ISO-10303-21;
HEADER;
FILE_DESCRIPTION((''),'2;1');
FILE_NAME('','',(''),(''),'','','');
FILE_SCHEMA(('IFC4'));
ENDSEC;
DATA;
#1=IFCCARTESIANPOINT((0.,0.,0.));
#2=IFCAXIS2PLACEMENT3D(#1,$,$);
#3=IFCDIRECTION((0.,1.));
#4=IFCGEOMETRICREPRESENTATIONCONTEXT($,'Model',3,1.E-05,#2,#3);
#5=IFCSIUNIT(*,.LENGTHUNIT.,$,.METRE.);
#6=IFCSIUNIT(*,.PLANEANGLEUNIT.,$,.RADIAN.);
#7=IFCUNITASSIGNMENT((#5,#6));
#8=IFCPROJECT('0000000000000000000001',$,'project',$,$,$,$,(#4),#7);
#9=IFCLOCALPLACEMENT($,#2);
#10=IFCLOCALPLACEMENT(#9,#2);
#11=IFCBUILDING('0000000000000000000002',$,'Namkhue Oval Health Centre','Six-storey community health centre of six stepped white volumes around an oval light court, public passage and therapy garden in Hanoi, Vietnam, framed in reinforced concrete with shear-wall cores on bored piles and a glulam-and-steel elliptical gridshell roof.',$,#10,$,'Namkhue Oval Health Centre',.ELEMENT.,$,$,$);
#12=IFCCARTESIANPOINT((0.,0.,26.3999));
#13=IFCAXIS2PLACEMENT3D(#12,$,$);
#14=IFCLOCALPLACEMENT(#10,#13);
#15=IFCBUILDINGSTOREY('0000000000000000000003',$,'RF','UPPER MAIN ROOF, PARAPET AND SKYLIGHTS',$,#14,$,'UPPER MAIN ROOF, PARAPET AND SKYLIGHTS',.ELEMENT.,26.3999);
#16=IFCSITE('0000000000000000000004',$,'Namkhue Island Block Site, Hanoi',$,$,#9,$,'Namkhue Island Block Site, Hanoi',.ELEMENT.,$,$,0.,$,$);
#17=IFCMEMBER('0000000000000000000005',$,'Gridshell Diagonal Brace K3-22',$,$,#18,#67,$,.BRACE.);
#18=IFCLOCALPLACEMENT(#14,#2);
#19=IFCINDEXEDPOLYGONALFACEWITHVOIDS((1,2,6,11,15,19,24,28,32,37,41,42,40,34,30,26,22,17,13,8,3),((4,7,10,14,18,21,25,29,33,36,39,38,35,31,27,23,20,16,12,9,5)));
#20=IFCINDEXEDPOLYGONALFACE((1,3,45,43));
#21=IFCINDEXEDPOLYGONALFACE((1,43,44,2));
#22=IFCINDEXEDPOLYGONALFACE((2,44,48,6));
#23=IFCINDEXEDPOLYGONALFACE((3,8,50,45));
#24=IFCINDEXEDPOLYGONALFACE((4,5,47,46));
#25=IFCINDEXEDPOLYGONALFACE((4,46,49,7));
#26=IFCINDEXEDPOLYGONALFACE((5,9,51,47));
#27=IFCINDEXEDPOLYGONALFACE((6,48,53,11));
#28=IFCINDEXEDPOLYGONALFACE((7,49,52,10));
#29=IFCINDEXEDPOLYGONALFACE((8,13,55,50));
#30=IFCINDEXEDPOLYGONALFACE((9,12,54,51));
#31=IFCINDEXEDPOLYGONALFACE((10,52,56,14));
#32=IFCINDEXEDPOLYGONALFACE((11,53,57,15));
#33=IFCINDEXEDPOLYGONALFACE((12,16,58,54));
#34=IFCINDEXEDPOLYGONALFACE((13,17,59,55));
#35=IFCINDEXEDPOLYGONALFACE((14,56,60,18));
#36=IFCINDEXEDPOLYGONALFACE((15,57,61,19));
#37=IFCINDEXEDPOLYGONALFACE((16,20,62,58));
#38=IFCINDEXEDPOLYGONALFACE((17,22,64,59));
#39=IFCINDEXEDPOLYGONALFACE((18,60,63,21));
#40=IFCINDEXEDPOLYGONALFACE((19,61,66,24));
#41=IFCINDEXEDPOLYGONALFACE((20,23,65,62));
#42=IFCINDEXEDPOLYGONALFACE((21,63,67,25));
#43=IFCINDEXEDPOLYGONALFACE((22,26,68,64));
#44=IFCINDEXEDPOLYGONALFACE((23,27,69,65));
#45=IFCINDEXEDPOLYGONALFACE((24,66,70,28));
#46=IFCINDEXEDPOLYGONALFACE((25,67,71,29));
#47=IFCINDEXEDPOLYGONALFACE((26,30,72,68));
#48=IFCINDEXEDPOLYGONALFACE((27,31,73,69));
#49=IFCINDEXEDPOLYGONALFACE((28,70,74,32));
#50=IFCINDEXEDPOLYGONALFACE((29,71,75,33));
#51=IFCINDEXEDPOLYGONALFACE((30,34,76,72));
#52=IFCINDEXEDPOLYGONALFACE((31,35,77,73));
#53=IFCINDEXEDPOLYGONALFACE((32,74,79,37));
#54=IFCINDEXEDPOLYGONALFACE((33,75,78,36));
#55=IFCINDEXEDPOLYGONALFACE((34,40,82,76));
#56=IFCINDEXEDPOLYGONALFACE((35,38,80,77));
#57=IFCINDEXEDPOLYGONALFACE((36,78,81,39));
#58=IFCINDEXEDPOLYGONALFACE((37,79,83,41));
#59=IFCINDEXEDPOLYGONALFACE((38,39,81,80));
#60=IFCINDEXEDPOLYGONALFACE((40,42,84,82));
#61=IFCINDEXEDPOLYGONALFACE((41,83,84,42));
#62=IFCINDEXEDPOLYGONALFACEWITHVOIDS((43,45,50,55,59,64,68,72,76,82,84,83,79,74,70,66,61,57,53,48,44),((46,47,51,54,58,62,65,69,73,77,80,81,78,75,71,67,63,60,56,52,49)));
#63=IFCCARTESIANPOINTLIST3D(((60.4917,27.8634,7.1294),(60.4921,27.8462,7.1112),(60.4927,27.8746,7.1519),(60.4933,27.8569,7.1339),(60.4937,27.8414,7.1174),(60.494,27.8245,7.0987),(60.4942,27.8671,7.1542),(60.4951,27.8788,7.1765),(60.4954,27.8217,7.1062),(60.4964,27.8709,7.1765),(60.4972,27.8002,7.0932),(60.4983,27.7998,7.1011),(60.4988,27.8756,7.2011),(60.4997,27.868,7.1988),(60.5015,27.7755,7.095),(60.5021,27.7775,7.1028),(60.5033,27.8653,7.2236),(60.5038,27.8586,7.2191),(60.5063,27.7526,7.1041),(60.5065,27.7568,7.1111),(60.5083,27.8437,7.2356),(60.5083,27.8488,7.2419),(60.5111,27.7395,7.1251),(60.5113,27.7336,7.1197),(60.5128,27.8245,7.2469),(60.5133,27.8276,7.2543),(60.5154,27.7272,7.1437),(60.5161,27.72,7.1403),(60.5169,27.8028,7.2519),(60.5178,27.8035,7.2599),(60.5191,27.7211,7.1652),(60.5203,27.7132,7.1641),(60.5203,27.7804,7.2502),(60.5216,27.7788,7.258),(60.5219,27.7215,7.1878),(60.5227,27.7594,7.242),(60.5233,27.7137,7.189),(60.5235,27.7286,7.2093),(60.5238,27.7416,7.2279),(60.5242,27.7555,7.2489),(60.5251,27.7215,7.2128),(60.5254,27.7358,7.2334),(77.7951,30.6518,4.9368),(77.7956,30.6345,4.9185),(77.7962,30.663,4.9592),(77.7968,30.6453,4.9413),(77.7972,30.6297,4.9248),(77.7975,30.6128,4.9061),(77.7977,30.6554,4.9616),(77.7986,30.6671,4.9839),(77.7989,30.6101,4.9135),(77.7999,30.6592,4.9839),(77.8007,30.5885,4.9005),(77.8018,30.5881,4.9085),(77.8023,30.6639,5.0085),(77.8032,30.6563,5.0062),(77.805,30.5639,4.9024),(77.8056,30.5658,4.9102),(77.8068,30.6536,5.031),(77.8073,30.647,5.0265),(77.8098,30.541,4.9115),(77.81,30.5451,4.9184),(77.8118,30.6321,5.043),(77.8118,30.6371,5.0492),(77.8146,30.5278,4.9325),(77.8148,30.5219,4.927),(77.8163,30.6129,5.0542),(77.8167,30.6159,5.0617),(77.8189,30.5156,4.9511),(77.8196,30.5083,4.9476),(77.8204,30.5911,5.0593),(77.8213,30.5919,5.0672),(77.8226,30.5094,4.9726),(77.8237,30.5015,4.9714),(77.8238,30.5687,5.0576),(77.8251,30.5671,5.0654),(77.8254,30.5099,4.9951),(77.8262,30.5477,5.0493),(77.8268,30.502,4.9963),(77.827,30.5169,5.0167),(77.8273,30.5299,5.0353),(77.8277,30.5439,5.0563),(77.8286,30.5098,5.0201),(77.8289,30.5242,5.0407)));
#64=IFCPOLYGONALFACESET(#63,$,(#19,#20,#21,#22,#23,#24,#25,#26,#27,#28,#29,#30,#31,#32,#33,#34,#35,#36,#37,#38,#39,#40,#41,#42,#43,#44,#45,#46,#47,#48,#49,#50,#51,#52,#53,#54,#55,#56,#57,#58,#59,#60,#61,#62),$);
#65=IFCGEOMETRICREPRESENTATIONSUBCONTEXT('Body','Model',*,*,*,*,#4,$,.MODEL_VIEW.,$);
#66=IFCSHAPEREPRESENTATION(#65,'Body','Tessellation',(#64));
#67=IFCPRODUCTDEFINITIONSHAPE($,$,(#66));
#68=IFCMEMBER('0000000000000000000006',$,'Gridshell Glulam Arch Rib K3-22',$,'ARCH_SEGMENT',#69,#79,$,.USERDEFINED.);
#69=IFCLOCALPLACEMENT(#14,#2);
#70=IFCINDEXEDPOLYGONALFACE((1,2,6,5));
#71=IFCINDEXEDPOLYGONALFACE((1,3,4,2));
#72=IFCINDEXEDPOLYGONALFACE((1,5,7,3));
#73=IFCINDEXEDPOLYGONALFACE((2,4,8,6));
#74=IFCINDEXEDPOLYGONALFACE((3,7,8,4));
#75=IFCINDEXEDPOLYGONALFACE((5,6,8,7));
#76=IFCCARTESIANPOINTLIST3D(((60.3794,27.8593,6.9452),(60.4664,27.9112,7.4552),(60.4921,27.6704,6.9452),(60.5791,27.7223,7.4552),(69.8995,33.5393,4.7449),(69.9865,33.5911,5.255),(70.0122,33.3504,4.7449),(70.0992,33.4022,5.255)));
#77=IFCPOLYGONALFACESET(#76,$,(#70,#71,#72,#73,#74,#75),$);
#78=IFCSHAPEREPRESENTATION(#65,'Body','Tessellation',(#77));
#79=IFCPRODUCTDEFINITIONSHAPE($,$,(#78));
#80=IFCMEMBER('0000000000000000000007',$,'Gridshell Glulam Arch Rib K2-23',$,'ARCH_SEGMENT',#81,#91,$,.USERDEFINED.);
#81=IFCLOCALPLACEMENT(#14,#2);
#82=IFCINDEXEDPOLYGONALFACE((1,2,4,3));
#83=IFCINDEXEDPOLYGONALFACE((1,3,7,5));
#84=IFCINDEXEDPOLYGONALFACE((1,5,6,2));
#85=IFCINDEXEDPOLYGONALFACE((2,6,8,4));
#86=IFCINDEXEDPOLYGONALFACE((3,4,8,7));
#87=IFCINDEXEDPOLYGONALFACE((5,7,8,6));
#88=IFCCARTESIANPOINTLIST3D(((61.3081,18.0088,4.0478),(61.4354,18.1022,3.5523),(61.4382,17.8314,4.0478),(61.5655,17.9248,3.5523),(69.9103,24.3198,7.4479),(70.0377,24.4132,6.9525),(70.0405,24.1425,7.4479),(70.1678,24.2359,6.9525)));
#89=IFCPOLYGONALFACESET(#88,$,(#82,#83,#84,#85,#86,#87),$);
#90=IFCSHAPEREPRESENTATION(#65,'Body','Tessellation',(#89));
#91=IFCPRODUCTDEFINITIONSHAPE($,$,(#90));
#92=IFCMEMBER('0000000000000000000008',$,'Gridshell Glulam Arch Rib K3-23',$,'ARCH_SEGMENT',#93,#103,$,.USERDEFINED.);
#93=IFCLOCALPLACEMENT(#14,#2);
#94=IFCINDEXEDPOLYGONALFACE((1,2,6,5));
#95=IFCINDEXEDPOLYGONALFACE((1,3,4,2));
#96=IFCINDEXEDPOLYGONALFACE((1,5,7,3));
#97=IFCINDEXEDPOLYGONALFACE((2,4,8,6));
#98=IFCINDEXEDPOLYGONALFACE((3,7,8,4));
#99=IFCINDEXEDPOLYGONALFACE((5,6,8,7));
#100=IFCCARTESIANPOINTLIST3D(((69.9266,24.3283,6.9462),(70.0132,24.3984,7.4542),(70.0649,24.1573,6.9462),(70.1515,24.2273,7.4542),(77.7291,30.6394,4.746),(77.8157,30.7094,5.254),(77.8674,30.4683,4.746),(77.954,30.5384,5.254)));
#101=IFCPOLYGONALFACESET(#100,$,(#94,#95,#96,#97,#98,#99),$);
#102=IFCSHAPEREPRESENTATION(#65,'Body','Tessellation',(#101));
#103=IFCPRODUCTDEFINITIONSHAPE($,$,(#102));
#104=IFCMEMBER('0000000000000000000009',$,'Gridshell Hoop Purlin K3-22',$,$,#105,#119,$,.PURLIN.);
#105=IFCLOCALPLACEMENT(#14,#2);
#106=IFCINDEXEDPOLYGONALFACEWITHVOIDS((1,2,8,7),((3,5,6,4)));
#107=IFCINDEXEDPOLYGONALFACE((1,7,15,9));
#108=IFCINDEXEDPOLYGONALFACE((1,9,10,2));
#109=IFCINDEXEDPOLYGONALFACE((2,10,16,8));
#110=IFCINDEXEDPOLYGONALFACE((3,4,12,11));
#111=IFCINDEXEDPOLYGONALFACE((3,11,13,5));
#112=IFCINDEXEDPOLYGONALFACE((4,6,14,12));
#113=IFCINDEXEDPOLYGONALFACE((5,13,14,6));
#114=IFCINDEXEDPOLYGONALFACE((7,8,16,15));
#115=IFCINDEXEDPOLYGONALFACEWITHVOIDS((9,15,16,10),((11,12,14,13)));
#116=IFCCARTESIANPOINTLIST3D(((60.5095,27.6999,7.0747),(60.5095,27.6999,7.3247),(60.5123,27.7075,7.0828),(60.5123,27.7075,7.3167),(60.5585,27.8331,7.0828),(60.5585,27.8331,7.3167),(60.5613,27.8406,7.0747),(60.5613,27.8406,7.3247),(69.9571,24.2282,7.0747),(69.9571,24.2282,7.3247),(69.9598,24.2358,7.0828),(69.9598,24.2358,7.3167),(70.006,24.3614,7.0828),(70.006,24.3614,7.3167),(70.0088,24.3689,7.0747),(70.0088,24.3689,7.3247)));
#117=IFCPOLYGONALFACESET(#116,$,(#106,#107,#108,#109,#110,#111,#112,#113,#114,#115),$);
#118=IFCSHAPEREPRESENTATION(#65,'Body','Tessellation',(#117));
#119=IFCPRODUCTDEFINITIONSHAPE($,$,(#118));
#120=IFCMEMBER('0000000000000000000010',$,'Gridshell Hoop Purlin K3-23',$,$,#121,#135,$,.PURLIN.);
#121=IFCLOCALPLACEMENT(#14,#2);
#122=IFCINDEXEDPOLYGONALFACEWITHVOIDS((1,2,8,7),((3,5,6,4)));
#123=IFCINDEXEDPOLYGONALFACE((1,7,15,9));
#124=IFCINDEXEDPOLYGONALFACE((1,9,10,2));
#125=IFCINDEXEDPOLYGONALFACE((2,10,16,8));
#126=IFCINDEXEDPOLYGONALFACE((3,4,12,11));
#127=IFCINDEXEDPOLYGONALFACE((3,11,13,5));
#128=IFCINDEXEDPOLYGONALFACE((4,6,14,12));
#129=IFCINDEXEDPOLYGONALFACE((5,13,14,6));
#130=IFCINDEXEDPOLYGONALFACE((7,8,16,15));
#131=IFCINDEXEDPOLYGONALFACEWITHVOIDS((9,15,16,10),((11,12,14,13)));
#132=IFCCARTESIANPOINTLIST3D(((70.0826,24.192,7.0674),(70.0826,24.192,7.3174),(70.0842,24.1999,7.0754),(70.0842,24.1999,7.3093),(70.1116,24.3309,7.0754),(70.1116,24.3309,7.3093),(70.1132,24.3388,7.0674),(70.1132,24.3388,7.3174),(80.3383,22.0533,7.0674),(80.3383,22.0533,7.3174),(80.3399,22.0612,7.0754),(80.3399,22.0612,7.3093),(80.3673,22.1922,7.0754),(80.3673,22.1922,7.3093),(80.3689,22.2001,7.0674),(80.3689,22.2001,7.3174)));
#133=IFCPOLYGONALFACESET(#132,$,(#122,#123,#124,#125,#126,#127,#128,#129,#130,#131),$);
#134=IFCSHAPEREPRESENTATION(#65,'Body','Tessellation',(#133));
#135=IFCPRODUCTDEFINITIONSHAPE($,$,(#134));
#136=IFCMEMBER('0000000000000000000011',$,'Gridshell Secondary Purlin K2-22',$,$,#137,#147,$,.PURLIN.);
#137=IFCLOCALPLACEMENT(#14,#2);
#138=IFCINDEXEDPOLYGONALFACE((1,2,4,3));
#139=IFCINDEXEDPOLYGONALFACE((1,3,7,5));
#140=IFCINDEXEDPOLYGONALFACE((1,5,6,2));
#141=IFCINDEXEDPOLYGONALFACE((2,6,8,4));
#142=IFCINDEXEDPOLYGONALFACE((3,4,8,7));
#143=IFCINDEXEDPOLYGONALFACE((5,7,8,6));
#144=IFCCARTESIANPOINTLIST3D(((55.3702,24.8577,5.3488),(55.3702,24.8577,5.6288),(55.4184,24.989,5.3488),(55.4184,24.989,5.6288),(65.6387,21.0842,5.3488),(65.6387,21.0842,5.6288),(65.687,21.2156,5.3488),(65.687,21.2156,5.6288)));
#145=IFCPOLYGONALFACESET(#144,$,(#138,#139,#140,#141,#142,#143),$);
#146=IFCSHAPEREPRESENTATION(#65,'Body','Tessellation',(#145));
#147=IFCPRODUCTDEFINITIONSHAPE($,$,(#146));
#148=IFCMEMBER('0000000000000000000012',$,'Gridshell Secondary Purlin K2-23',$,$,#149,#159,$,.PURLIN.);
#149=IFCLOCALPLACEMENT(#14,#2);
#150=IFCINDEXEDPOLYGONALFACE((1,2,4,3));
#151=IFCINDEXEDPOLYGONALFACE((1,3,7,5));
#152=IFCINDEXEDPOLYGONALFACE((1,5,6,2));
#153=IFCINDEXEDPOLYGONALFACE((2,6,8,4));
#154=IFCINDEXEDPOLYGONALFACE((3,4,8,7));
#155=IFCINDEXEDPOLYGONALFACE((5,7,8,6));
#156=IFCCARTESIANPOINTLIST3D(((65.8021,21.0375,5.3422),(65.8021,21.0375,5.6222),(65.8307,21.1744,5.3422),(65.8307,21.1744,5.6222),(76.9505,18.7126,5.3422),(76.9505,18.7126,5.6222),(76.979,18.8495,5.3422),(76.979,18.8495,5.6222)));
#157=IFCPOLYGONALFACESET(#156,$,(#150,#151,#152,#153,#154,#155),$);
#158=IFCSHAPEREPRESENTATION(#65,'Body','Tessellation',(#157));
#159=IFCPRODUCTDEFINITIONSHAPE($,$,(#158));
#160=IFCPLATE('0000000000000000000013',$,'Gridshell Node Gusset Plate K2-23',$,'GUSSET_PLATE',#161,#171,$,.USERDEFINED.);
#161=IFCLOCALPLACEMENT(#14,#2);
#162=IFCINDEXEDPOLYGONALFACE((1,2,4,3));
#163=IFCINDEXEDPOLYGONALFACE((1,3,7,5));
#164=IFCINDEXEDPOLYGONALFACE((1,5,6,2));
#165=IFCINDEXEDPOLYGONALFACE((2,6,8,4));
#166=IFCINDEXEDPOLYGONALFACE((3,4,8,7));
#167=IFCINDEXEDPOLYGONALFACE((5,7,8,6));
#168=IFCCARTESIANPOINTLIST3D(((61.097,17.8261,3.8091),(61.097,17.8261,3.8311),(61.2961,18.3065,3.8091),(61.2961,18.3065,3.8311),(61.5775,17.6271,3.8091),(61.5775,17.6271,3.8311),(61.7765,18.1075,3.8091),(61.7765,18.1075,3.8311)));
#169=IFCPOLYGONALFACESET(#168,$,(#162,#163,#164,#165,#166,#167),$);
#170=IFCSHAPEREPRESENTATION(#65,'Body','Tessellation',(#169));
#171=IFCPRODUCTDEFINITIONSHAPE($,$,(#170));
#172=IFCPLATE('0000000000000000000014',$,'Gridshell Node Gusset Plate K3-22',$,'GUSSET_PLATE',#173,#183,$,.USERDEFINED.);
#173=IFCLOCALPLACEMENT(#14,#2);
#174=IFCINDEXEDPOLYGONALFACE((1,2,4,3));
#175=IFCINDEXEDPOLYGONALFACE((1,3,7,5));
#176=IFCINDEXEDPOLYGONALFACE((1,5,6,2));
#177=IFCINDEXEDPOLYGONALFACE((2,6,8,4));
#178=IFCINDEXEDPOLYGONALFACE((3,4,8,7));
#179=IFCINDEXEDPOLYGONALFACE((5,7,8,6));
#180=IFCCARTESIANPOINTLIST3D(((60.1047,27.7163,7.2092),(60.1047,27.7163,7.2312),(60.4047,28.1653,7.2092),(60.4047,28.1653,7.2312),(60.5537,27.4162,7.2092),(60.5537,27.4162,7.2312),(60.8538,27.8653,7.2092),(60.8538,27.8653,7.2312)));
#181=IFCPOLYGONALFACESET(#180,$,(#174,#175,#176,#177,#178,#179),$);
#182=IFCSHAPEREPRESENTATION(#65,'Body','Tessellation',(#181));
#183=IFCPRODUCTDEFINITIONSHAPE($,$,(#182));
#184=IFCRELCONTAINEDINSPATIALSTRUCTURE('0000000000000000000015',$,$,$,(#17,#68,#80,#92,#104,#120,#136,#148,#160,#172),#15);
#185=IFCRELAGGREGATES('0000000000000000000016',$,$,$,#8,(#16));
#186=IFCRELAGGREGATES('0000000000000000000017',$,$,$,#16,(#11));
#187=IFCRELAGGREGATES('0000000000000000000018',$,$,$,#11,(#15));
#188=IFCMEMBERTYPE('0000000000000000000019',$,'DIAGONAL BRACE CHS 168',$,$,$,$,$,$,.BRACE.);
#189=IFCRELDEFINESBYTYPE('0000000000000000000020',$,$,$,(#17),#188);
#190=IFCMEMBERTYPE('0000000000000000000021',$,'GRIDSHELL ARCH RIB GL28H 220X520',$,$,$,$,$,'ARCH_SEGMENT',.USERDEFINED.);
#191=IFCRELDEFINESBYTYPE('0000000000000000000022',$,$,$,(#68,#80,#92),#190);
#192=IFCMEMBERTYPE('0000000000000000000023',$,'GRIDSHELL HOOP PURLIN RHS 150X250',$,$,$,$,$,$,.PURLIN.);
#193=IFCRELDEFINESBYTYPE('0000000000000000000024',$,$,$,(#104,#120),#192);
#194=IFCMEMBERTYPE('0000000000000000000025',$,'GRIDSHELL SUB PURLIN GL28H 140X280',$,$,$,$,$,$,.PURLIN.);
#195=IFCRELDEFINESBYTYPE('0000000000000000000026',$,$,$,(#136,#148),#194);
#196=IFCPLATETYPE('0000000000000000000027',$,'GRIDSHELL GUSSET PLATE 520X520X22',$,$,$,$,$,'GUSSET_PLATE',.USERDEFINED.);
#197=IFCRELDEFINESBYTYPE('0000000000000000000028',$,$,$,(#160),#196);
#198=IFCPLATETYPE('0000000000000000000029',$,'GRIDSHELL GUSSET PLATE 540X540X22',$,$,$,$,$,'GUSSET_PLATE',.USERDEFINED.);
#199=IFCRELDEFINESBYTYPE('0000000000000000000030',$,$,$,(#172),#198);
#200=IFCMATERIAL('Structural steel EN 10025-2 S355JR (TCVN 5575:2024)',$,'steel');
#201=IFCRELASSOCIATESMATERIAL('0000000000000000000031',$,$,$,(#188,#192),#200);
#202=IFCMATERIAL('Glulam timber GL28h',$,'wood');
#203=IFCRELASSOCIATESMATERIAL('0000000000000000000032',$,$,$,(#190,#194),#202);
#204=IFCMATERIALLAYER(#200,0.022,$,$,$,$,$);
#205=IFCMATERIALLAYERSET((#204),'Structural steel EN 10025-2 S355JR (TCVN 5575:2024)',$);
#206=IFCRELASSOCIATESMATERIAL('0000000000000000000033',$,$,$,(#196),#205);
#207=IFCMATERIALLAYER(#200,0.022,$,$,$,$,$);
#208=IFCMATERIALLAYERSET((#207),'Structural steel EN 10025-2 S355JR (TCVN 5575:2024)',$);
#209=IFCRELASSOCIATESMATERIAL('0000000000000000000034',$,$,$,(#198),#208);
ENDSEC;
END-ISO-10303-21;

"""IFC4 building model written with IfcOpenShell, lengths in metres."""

from ifc_helpers import new_model, si_unit, direction, frame, origin, origin_2d, place, context, subcontext, project, spatial, rectangle, hollow_rectangle, hollow_circle, extrude, material, layer, layer_set, material_profile, profile_set, type_object, element, save


model = new_model("IFC4")

# Units and contexts
model_context = context("Model", 3, precision=1e-05, world=origin(), true_north=direction((0.0, 1.0)))
body_context = subcontext(model_context, "Body", "Model", "MODEL_VIEW")
ifc_project = project(units=[si_unit("LENGTHUNIT", "METRE"), si_unit("PLANEANGLEUNIT", "RADIAN")], contexts=[model_context])

# Site, building, storey
site_placement = place(None, origin())
site = spatial("IfcSite", under=ifc_project, at=site_placement, Name="Namkhue Island Block Site, Hanoi", LongName="Namkhue Island Block Site, Hanoi", CompositionType="ELEMENT", RefElevation=0.0)
building_placement = place(site_placement, origin())
building = spatial("IfcBuilding", under=site, at=building_placement, Name="Namkhue Oval Health Centre", Description="Six-storey community health centre of six stepped white volumes around an oval light court, public passage and therapy garden in Hanoi, Vietnam, framed in reinforced concrete with shear-wall cores on bored piles and a glulam-and-steel elliptical gridshell roof.", LongName="Namkhue Oval Health Centre", CompositionType="ELEMENT")
storey_placement = place(building_placement, frame((0.0, 0.0, 26.3999)))
storey = spatial("IfcBuildingStorey", under=building, at=storey_placement, Name="RF", Description="UPPER MAIN ROOF, PARAPET AND SKYLIGHTS", LongName="UPPER MAIN ROOF, PARAPET AND SKYLIGHTS", CompositionType="ELEMENT", Elevation=26.3999)

# Members
ifc_material_1 = material(Name="Structural steel EN 10025-2 S355JR (TCVN 5575:2024)", Category="steel")
ifc_material_profile_1 = material_profile(ifc_material_1, hollow_circle(Radius=0.0842, WallThickness=0.0081, at=origin_2d()), Name="CHS 168.3x8")
ifc_profile_set_1 = profile_set([ifc_material_profile_1], Name="Structural steel EN 10025-2 S355JR (TCVN 5575:2024)")
member_type_1 = type_object("IfcMemberType", Name="DIAGONAL BRACE CHS 168", PredefinedType="BRACE", material=ifc_profile_set_1)
member_1_placement = place(storey_placement, frame((60.5085, 27.7957, 7.1765), z_axis=(0.979628, 0.15786, -0.124135), x_axis=(-0.159091, 0.987264, 0.0)))
element("IfcMember", 1, at=member_1_placement, inside=storey, type_object=member_type_1, Name="Gridshell Diagonal Brace K3-22", PredefinedType="BRACE", context=body_context, shape_type="SweptSolid", body=[
    extrude(hollow_circle(Radius=0.0842, WallThickness=0.0081, at=origin_2d()), origin(), (0.0, 0.0, 1.0), 17.6633),
])
ifc_material_2 = material(Name="Glulam timber GL28h", Category="wood")
ifc_material_profile_2 = material_profile(ifc_material_2, rectangle(XDim=0.22, YDim=0.52, at=origin_2d()), Name="GL28h 220x520")
ifc_profile_set_2 = profile_set([ifc_material_profile_2], Name="Glulam timber GL28h")
member_type_2 = type_object("IfcMemberType", Name="GRIDSHELL ARCH RIB GL28H 220X520", ElementType="ARCH_SEGMENT", PredefinedType="USERDEFINED", material=ifc_profile_set_2)
member_2_placement = place(storey_placement, frame((60.4792, 27.7908, 7.2002), z_axis=(0.842337, 0.502564, -0.194675), x_axis=(-0.512366, 0.858767, 0.0)))
element("IfcMember", 2, at=member_2_placement, inside=storey, type_object=member_type_2, Name="Gridshell Glulam Arch Rib K3-22", ObjectType="ARCH_SEGMENT", PredefinedType="USERDEFINED", context=body_context, shape_type="SweptSolid", body=[
    extrude(rectangle(XDim=0.22, YDim=0.52, at=origin_2d()), origin(), (0.0, 0.0, 1.0), 11.302),
])
member_3_placement = place(storey_placement, frame((61.4368, 17.9668, 3.8), z_axis=(0.768216, 0.563598, 0.303645), x_axis=(-0.591527, 0.806285, 0.0)))
element("IfcMember", 3, at=member_3_placement, inside=storey, type_object=member_type_2, Name="Gridshell Glulam Arch Rib K2-23", ObjectType="ARCH_SEGMENT", PredefinedType="USERDEFINED", context=body_context, shape_type="SweptSolid", body=[
    extrude(rectangle(XDim=0.22, YDim=0.52, at=origin_2d()), origin(), (0.0, 0.0, 1.0), 11.1978),
])
member_4_placement = place(storey_placement, frame((70.0391, 24.2778, 7.2002), z_axis=(0.759463, 0.61429, -0.214158), x_axis=(-0.628881, 0.777501, 0.0)))
element("IfcMember", 4, at=member_4_placement, inside=storey, type_object=member_type_2, Name="Gridshell Glulam Arch Rib K3-23", ObjectType="ARCH_SEGMENT", PredefinedType="USERDEFINED", context=body_context, shape_type="SweptSolid", body=[
    extrude(rectangle(XDim=0.22, YDim=0.52, at=origin_2d()), origin(), (0.0, 0.0, 1.0), 10.2737),
])
ifc_material_profile_3 = material_profile(ifc_material_1, hollow_rectangle(XDim=0.1499, YDim=0.25, WallThickness=0.0081, at=origin_2d()), Name="RHS 150x250x8")
ifc_profile_set_3 = profile_set([ifc_material_profile_3], Name="Structural steel EN 10025-2 S355JR (TCVN 5575:2024)")
member_type_3 = type_object("IfcMemberType", Name="GRIDSHELL HOOP PURLIN RHS 150X250", PredefinedType="PURLIN", material=ifc_profile_set_3)
member_5_placement = place(storey_placement, frame((60.5354, 27.7703, 7.1997), z_axis=(0.938632, -0.34492, 0.0), x_axis=(0.34492, 0.938632, 0.0)))
element("IfcMember", 5, at=member_5_placement, inside=storey, type_object=member_type_3, Name="Gridshell Hoop Purlin K3-22", PredefinedType="PURLIN", context=body_context, shape_type="SweptSolid", body=[
    extrude(hollow_rectangle(XDim=0.1499, YDim=0.25, WallThickness=0.0081, at=origin_2d()), origin(), (0.0, 0.0, 1.0), 10.0652),
])
member_6_placement = place(storey_placement, frame((70.0979, 24.2654, 7.1924), z_axis=(0.978941, -0.204145, 0.0), x_axis=(0.204145, 0.978941, 0.0)))
element("IfcMember", 6, at=member_6_placement, inside=storey, type_object=member_type_3, Name="Gridshell Hoop Purlin K3-23", PredefinedType="PURLIN", context=body_context, shape_type="SweptSolid", body=[
    extrude(hollow_rectangle(XDim=0.1499, YDim=0.25, WallThickness=0.0081, at=origin_2d()), origin(), (0.0, 0.0, 1.0), 10.4763),
])
ifc_material_profile_4 = material_profile(ifc_material_2, rectangle(XDim=0.1399, YDim=0.28, at=origin_2d()), Name="GL28h 140x280")
ifc_profile_set_4 = profile_set([ifc_material_profile_4], Name="Glulam timber GL28h")
member_type_4 = type_object("IfcMemberType", Name="GRIDSHELL SUB PURLIN GL28H 140X280", PredefinedType="PURLIN", material=ifc_profile_set_4)
member_7_placement = place(storey_placement, frame((55.3943, 24.9233, 5.4888), z_axis=(0.938631, -0.344923, 0.0), x_axis=(0.344923, 0.938631, 0.0)))
element("IfcMember", 7, at=member_7_placement, inside=storey, type_object=member_type_4, Name="Gridshell Secondary Purlin K2-22", PredefinedType="PURLIN", context=body_context, shape_type="SweptSolid", body=[
    extrude(rectangle(XDim=0.1399, YDim=0.28, at=origin_2d()), origin(), (0.0, 0.0, 1.0), 10.9399),
])
member_8_placement = place(storey_placement, frame((65.8164, 21.106, 5.4822), z_axis=(0.978939, -0.204153, 0.0), x_axis=(0.204153, 0.978939, 0.0)))
element("IfcMember", 8, at=member_8_placement, inside=storey, type_object=member_type_4, Name="Gridshell Secondary Purlin K2-23", PredefinedType="PURLIN", context=body_context, shape_type="SweptSolid", body=[
    extrude(rectangle(XDim=0.1399, YDim=0.28, at=origin_2d()), origin(), (0.0, 0.0, 1.0), 11.3882),
])

# Plates
ifc_layer_1 = layer(ifc_material_1, 0.022)
ifc_layer_set_1 = layer_set([ifc_layer_1], Name="Structural steel EN 10025-2 S355JR (TCVN 5575:2024)")
plate_type_1 = type_object("IfcPlateType", Name="GRIDSHELL GUSSET PLATE 520X520X22", ElementType="GUSSET_PLATE", PredefinedType="USERDEFINED", material=ifc_layer_set_1)
plate_placement = place(storey_placement, frame((61.4368, 17.9668, 3.8091), z_axis=(0.0, 0.0, 1.0), x_axis=(-0.382683, -0.92388, 0.0)))
element("IfcPlate", 9, at=plate_placement, inside=storey, type_object=plate_type_1, Name="Gridshell Node Gusset Plate K2-23", ObjectType="GUSSET_PLATE", PredefinedType="USERDEFINED", context=body_context, shape_type="SweptSolid", body=[
    extrude(rectangle(XDim=0.52, YDim=0.52, at=origin_2d()), origin(), (0.0, 0.0, 1.0), 0.022),
])
ifc_layer_2 = layer(ifc_material_1, 0.022)
ifc_layer_set_2 = layer_set([ifc_layer_2], Name="Structural steel EN 10025-2 S355JR (TCVN 5575:2024)")
plate_type_2 = type_object("IfcPlateType", Name="GRIDSHELL GUSSET PLATE 540X540X22", ElementType="GUSSET_PLATE", PredefinedType="USERDEFINED", material=ifc_layer_set_2)
for number, where, z_axis, x_axis, name in (
    (10, (60.4792, 27.7908, 7.2092), (0.0, 0.0, 1.0), (-0.55557, -0.83147, 0.0), "Gridshell Node Gusset Plate K3-22"),
):
    element("IfcPlate", number, at=place(storey_placement, frame(where, z_axis=z_axis, x_axis=x_axis)), inside=storey, type_object=plate_type_2, Name=name, ObjectType="GUSSET_PLATE", PredefinedType="USERDEFINED", context=body_context, shape_type="SweptSolid", body=[
        extrude(rectangle(XDim=0.54, YDim=0.54, at=origin_2d()), origin(), (0.0, 0.0, 1.0), 0.022),
    ])

save(model, "model.ifc")
